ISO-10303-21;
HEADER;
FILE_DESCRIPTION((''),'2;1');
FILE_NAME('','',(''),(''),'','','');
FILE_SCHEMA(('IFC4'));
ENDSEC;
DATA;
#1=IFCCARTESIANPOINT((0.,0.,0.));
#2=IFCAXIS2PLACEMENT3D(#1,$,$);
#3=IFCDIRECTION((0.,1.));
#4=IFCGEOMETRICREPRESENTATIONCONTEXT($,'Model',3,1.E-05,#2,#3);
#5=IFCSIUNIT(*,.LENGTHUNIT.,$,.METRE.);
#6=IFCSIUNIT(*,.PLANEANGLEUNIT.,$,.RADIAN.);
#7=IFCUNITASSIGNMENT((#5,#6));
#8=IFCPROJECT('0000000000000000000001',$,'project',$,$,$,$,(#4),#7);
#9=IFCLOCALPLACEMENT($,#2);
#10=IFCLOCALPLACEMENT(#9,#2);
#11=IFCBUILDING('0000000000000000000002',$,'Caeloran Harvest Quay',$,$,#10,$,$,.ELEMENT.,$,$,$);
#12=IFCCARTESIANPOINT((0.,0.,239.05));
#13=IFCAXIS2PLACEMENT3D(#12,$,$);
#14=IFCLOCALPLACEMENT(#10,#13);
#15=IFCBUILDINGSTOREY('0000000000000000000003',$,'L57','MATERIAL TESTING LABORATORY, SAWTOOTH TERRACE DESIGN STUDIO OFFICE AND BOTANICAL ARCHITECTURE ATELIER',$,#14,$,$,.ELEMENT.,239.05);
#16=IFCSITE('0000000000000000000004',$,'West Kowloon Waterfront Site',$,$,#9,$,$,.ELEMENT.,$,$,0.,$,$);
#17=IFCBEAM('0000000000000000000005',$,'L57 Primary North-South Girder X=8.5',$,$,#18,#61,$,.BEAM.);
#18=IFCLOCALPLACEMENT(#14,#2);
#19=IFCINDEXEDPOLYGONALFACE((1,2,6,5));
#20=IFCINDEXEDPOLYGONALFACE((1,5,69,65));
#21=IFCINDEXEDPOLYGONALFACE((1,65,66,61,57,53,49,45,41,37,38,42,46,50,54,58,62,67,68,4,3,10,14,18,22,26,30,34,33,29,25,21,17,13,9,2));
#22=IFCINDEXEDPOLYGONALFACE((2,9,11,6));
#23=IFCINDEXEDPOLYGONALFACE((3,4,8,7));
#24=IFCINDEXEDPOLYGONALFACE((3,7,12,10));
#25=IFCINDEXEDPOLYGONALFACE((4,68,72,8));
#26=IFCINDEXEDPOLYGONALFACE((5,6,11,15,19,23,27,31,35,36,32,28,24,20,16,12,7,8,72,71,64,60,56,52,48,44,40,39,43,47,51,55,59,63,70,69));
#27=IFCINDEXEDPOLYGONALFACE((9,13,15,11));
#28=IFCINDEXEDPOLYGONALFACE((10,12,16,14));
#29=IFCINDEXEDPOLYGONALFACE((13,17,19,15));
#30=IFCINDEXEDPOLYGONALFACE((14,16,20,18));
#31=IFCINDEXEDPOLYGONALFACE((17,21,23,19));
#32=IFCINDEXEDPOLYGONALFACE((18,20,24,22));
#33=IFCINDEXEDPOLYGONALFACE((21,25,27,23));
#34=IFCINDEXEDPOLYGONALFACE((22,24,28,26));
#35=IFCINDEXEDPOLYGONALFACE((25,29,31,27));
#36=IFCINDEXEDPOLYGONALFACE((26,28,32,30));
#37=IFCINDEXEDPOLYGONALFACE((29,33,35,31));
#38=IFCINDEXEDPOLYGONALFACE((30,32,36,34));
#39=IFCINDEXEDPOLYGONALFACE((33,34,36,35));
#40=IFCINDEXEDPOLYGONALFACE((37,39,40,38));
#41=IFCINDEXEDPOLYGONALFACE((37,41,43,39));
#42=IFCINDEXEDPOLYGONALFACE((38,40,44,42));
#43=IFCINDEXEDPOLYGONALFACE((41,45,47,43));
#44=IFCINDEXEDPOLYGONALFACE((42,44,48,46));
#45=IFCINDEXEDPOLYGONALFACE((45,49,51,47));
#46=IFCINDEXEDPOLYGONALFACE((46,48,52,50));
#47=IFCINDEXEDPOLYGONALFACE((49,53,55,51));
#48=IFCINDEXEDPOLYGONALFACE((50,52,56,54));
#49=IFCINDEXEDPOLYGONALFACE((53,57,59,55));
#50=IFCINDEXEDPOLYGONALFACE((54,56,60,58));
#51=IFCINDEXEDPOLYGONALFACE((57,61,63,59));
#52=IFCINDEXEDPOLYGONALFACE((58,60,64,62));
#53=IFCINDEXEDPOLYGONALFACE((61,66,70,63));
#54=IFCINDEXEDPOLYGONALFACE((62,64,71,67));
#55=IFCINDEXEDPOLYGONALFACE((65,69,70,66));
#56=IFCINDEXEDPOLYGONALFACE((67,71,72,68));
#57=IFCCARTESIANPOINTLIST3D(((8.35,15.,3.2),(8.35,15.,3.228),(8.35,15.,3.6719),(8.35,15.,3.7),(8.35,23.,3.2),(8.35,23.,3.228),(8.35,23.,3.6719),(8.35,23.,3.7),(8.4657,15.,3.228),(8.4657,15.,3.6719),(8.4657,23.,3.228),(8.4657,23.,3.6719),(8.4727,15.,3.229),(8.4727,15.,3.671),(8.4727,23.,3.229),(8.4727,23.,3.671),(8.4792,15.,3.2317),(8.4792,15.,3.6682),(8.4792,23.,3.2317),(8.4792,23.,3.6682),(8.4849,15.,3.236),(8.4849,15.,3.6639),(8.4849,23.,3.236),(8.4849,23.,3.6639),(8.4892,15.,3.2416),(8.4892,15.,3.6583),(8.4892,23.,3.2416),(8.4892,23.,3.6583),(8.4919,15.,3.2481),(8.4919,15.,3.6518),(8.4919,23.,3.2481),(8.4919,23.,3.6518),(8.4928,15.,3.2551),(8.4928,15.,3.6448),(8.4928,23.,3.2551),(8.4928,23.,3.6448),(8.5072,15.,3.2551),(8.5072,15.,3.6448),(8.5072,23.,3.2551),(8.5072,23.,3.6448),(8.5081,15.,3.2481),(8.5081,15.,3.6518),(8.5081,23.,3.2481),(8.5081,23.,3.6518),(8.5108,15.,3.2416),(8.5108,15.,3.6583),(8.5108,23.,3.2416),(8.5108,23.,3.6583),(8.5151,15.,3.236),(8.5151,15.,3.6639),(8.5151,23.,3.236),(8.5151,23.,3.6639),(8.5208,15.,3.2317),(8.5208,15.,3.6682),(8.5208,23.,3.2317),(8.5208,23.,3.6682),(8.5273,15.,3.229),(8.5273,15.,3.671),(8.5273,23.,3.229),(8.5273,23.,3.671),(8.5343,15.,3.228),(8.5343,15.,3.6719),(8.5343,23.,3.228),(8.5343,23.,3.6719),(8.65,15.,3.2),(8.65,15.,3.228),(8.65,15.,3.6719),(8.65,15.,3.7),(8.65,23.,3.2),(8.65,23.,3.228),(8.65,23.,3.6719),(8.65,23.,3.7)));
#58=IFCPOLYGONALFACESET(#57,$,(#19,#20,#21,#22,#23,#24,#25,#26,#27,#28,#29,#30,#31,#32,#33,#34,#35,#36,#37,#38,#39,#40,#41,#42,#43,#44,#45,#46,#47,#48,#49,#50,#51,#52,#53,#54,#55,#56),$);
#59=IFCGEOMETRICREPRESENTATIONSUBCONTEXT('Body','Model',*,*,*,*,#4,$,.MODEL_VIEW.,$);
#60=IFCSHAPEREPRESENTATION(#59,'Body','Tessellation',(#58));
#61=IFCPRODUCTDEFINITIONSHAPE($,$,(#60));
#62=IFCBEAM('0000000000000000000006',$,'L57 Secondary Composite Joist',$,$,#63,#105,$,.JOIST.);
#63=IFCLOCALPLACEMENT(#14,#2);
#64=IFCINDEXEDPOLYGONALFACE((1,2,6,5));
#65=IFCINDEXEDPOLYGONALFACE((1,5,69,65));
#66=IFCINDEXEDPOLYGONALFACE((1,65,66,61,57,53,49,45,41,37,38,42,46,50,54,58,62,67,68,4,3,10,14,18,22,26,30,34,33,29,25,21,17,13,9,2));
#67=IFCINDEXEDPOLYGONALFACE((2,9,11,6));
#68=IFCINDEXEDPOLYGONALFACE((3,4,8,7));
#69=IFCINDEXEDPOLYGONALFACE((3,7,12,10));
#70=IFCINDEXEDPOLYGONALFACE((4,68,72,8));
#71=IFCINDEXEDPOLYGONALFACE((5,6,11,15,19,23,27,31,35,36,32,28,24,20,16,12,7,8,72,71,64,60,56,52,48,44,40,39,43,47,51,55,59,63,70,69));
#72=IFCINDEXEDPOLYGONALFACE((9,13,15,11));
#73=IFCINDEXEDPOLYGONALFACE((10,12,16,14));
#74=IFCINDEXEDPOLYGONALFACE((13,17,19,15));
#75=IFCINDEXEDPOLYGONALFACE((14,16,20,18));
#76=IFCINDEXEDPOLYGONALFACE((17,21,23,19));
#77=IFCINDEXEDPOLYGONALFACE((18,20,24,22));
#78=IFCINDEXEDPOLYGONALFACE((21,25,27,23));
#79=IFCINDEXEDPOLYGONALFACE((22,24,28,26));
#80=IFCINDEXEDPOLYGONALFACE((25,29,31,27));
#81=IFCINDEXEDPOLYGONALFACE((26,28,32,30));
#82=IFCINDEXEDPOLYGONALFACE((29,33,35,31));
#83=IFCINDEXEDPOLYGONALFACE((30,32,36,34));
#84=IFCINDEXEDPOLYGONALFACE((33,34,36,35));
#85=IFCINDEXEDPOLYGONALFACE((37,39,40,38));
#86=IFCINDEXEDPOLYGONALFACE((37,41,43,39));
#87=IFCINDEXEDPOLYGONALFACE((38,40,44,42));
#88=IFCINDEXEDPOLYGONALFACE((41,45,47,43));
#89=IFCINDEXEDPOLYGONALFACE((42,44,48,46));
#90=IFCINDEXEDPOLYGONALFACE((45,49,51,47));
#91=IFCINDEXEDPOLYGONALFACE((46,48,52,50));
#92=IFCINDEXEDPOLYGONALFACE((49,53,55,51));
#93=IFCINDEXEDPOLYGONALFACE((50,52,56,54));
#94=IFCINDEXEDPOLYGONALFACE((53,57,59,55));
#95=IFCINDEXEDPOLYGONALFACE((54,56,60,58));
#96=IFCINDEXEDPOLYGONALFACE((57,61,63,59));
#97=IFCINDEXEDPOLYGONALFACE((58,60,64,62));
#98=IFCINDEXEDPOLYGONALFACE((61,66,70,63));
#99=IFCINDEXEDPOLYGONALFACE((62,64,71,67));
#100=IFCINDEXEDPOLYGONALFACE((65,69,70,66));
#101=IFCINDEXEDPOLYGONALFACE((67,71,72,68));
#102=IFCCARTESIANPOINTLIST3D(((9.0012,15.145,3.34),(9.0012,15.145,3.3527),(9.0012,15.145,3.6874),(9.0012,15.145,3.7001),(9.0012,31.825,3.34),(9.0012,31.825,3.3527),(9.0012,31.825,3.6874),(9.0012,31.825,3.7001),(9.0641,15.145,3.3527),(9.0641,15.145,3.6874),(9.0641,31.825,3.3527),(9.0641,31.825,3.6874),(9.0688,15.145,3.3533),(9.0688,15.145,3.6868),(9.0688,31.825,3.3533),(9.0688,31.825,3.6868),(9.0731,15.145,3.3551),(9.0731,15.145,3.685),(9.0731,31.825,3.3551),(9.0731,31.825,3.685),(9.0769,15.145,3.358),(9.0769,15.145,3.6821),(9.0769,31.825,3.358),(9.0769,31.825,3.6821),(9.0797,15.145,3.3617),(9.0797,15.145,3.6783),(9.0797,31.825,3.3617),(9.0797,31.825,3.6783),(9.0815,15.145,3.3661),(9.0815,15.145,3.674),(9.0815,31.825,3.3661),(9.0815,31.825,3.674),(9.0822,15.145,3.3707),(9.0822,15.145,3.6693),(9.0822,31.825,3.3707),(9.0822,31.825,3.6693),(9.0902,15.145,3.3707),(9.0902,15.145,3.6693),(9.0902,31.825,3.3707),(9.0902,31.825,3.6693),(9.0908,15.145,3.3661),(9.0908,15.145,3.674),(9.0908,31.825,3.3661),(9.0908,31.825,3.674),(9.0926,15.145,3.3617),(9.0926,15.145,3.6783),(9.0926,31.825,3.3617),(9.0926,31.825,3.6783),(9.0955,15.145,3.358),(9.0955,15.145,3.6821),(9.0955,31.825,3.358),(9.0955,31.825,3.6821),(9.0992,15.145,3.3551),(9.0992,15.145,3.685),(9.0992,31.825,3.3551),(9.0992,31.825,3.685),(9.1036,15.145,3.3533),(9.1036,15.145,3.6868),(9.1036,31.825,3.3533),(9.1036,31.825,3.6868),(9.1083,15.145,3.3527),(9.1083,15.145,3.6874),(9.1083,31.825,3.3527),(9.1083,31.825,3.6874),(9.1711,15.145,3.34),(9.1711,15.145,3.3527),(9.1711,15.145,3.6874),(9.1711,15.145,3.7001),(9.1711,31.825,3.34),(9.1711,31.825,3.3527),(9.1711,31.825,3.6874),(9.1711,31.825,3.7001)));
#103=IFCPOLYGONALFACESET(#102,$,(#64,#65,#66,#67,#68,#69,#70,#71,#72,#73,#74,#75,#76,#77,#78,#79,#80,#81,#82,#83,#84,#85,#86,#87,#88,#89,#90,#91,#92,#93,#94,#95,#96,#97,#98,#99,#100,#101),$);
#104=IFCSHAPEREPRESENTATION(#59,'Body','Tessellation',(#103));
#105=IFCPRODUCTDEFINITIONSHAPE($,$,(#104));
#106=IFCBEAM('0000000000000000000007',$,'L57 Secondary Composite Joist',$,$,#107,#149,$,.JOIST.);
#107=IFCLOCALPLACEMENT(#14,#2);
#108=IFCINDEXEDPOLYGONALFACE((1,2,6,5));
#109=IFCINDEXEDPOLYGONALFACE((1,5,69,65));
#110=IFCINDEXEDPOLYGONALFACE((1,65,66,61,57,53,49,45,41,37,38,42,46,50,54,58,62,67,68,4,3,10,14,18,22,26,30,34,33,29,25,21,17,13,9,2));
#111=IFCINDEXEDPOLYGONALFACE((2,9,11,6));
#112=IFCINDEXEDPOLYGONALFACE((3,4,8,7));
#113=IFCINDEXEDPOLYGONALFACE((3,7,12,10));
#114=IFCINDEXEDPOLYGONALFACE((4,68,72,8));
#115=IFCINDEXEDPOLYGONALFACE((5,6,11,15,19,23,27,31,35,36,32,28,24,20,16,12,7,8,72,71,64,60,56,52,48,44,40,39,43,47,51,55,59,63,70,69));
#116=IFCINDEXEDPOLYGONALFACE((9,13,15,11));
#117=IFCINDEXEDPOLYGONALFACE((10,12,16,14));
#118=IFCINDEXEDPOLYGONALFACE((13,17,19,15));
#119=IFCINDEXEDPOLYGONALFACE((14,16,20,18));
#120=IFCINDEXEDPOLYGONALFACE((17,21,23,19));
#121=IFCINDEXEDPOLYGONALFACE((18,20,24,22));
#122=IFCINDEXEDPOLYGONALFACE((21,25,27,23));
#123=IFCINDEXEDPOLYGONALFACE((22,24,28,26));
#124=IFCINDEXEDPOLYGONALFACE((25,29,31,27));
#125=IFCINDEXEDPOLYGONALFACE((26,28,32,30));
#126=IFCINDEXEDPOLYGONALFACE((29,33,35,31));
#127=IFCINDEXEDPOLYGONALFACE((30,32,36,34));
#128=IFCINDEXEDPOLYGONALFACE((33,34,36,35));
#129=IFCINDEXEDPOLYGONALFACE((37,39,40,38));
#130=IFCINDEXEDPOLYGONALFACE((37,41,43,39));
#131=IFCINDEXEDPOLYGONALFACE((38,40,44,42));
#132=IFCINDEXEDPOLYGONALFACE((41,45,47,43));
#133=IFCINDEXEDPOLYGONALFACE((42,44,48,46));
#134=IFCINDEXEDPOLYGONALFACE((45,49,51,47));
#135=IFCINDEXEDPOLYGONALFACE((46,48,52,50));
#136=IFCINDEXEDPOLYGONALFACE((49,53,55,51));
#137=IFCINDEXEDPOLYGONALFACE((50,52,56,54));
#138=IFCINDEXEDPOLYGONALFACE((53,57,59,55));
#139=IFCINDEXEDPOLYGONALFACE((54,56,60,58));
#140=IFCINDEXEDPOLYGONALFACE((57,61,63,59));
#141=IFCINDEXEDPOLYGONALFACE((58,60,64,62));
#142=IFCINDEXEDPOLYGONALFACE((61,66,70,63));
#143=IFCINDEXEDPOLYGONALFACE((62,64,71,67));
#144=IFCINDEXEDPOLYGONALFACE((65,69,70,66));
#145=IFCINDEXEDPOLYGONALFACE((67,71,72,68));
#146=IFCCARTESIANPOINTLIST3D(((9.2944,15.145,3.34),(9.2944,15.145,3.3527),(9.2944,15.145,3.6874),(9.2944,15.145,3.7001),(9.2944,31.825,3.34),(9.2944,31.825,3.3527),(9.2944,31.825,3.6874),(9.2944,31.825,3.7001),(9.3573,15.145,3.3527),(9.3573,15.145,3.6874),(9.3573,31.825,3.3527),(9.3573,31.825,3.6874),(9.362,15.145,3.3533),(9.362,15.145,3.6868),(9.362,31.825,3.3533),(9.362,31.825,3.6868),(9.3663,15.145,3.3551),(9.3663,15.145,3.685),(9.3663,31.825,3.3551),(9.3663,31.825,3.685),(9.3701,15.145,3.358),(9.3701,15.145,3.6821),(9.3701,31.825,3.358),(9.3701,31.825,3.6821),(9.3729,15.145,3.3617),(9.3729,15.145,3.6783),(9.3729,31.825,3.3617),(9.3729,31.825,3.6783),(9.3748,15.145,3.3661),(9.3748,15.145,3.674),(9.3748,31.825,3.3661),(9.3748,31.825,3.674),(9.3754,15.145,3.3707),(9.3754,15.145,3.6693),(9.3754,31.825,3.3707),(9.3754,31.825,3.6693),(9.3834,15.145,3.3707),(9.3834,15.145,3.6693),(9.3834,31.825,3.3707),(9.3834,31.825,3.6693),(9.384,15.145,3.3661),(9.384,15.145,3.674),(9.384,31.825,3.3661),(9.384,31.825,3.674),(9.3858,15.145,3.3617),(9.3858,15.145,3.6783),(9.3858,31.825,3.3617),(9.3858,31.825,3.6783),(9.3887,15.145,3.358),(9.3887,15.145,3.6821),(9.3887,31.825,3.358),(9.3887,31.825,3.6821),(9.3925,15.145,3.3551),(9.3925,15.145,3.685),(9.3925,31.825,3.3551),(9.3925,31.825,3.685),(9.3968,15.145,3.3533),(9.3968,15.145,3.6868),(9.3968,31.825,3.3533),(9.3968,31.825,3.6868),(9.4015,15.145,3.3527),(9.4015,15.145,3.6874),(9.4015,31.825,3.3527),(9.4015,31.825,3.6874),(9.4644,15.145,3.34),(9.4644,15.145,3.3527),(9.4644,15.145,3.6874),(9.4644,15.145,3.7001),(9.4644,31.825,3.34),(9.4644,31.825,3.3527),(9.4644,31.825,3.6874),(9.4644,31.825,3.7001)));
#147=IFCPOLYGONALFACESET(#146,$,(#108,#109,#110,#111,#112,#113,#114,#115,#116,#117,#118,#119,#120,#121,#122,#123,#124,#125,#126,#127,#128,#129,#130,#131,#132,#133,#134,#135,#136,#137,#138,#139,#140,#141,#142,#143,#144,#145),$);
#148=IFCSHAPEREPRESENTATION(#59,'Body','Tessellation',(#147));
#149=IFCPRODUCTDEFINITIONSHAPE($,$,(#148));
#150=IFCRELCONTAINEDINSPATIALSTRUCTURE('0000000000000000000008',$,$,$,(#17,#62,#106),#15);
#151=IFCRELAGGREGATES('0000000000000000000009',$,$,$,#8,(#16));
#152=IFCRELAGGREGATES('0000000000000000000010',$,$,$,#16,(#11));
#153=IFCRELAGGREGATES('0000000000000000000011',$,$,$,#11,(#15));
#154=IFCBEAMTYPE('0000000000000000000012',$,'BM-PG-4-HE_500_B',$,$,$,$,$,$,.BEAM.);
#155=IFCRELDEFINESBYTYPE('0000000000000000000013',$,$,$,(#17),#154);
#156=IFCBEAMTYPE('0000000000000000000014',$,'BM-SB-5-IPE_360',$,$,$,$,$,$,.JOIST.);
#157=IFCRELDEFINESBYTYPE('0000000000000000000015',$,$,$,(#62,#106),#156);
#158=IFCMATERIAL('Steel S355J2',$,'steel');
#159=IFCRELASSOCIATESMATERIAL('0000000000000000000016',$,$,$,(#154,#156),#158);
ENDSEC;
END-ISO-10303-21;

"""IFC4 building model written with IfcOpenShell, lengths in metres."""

from ifc_helpers import new_model, si_unit, direction, frame, origin, origin_2d, place, context, subcontext, project, spatial, i_section, extrude, material, material_profile, profile_set, type_object, element, save


model = new_model("IFC4")

# Units and contexts
model_context = context("Model", 3, precision=1e-05, world=origin(), true_north=direction((0.0, 1.0)))
body_context = subcontext(model_context, "Body", "Model", "MODEL_VIEW")
ifc_project = project(units=[si_unit("LENGTHUNIT", "METRE"), si_unit("PLANEANGLEUNIT", "RADIAN")], contexts=[model_context])

# Site, building, storey
site_placement = place(None, origin())
site = spatial("IfcSite", under=ifc_project, at=site_placement, Name="West Kowloon Waterfront Site", CompositionType="ELEMENT", RefElevation=0.0)
building_placement = place(site_placement, origin())
building = spatial("IfcBuilding", under=site, at=building_placement, Name="Caeloran Harvest Quay", CompositionType="ELEMENT")
storey_placement = place(building_placement, frame((0.0, 0.0, 239.05)))
storey = spatial("IfcBuildingStorey", under=building, at=storey_placement, Name="L57", Description="MATERIAL TESTING LABORATORY, SAWTOOTH TERRACE DESIGN STUDIO OFFICE AND BOTANICAL ARCHITECTURE ATELIER", CompositionType="ELEMENT", Elevation=239.05)

# Beams
ifc_material_1 = material(Name="Steel S355J2", Category="steel")
ifc_material_profile_1 = material_profile(ifc_material_1, i_section(OverallWidth=0.3, OverallDepth=0.5, WebThickness=0.0144, FlangeThickness=0.0281, FilletRadius=0.0271, at=origin_2d()), Name="HE 500 B")
ifc_profile_set_1 = profile_set([ifc_material_profile_1], Name="Steel S355J2")
beam_type_1 = type_object("IfcBeamType", Name="BM-PG-4-HE_500_B", PredefinedType="BEAM", material=ifc_profile_set_1)
beam_1_placement = place(storey_placement, frame((8.5, 15.0, 3.45), z_axis=(0.0, 1.0, 0.0), x_axis=(-1.0, 0.0, 0.0)))
element("IfcBeam", 1, at=beam_1_placement, inside=storey, type_object=beam_type_1, Name="L57 Primary North-South Girder X=8.5", PredefinedType="BEAM", context=body_context, shape_type="SweptSolid", body=[
    extrude(i_section(OverallWidth=0.3, OverallDepth=0.5, WebThickness=0.0144, FlangeThickness=0.0281, FilletRadius=0.0271, at=origin_2d()), origin(), (0.0, 0.0, 1.0), 8.0),
])
ifc_material_profile_2 = material_profile(ifc_material_1, i_section(OverallWidth=0.1699, OverallDepth=0.3601, WebThickness=0.0081, FlangeThickness=0.0127, FilletRadius=0.0181, at=origin_2d()), Name="IPE 360")
ifc_profile_set_2 = profile_set([ifc_material_profile_2], Name="Steel S355J2")
beam_type_2 = type_object("IfcBeamType", Name="BM-SB-5-IPE_360", PredefinedType="JOIST", material=ifc_profile_set_2)
for number, where, z_axis, x_axis, name in (
    (2, (9.0862, 15.145, 3.52), (0.0, 1.0, 0.0), (-1.0, 0.0, 0.0), "L57 Secondary Composite Joist"),
    (3, (9.3794, 15.145, 3.52), (0.0, 1.0, 0.0), (-1.0, 0.0, 0.0), "L57 Secondary Composite Joist"),
):
    element("IfcBeam", number, at=place(storey_placement, frame(where, z_axis=z_axis, x_axis=x_axis)), inside=storey, type_object=beam_type_2, Name=name, PredefinedType="JOIST", context=body_context, shape_type="SweptSolid", body=[
        extrude(i_section(OverallWidth=0.1699, OverallDepth=0.3601, WebThickness=0.0081, FlangeThickness=0.0127, FilletRadius=0.0181, at=origin_2d()), origin(), (0.0, 0.0, 1.0), 16.6799),
    ])

save(model, "model.ifc")
